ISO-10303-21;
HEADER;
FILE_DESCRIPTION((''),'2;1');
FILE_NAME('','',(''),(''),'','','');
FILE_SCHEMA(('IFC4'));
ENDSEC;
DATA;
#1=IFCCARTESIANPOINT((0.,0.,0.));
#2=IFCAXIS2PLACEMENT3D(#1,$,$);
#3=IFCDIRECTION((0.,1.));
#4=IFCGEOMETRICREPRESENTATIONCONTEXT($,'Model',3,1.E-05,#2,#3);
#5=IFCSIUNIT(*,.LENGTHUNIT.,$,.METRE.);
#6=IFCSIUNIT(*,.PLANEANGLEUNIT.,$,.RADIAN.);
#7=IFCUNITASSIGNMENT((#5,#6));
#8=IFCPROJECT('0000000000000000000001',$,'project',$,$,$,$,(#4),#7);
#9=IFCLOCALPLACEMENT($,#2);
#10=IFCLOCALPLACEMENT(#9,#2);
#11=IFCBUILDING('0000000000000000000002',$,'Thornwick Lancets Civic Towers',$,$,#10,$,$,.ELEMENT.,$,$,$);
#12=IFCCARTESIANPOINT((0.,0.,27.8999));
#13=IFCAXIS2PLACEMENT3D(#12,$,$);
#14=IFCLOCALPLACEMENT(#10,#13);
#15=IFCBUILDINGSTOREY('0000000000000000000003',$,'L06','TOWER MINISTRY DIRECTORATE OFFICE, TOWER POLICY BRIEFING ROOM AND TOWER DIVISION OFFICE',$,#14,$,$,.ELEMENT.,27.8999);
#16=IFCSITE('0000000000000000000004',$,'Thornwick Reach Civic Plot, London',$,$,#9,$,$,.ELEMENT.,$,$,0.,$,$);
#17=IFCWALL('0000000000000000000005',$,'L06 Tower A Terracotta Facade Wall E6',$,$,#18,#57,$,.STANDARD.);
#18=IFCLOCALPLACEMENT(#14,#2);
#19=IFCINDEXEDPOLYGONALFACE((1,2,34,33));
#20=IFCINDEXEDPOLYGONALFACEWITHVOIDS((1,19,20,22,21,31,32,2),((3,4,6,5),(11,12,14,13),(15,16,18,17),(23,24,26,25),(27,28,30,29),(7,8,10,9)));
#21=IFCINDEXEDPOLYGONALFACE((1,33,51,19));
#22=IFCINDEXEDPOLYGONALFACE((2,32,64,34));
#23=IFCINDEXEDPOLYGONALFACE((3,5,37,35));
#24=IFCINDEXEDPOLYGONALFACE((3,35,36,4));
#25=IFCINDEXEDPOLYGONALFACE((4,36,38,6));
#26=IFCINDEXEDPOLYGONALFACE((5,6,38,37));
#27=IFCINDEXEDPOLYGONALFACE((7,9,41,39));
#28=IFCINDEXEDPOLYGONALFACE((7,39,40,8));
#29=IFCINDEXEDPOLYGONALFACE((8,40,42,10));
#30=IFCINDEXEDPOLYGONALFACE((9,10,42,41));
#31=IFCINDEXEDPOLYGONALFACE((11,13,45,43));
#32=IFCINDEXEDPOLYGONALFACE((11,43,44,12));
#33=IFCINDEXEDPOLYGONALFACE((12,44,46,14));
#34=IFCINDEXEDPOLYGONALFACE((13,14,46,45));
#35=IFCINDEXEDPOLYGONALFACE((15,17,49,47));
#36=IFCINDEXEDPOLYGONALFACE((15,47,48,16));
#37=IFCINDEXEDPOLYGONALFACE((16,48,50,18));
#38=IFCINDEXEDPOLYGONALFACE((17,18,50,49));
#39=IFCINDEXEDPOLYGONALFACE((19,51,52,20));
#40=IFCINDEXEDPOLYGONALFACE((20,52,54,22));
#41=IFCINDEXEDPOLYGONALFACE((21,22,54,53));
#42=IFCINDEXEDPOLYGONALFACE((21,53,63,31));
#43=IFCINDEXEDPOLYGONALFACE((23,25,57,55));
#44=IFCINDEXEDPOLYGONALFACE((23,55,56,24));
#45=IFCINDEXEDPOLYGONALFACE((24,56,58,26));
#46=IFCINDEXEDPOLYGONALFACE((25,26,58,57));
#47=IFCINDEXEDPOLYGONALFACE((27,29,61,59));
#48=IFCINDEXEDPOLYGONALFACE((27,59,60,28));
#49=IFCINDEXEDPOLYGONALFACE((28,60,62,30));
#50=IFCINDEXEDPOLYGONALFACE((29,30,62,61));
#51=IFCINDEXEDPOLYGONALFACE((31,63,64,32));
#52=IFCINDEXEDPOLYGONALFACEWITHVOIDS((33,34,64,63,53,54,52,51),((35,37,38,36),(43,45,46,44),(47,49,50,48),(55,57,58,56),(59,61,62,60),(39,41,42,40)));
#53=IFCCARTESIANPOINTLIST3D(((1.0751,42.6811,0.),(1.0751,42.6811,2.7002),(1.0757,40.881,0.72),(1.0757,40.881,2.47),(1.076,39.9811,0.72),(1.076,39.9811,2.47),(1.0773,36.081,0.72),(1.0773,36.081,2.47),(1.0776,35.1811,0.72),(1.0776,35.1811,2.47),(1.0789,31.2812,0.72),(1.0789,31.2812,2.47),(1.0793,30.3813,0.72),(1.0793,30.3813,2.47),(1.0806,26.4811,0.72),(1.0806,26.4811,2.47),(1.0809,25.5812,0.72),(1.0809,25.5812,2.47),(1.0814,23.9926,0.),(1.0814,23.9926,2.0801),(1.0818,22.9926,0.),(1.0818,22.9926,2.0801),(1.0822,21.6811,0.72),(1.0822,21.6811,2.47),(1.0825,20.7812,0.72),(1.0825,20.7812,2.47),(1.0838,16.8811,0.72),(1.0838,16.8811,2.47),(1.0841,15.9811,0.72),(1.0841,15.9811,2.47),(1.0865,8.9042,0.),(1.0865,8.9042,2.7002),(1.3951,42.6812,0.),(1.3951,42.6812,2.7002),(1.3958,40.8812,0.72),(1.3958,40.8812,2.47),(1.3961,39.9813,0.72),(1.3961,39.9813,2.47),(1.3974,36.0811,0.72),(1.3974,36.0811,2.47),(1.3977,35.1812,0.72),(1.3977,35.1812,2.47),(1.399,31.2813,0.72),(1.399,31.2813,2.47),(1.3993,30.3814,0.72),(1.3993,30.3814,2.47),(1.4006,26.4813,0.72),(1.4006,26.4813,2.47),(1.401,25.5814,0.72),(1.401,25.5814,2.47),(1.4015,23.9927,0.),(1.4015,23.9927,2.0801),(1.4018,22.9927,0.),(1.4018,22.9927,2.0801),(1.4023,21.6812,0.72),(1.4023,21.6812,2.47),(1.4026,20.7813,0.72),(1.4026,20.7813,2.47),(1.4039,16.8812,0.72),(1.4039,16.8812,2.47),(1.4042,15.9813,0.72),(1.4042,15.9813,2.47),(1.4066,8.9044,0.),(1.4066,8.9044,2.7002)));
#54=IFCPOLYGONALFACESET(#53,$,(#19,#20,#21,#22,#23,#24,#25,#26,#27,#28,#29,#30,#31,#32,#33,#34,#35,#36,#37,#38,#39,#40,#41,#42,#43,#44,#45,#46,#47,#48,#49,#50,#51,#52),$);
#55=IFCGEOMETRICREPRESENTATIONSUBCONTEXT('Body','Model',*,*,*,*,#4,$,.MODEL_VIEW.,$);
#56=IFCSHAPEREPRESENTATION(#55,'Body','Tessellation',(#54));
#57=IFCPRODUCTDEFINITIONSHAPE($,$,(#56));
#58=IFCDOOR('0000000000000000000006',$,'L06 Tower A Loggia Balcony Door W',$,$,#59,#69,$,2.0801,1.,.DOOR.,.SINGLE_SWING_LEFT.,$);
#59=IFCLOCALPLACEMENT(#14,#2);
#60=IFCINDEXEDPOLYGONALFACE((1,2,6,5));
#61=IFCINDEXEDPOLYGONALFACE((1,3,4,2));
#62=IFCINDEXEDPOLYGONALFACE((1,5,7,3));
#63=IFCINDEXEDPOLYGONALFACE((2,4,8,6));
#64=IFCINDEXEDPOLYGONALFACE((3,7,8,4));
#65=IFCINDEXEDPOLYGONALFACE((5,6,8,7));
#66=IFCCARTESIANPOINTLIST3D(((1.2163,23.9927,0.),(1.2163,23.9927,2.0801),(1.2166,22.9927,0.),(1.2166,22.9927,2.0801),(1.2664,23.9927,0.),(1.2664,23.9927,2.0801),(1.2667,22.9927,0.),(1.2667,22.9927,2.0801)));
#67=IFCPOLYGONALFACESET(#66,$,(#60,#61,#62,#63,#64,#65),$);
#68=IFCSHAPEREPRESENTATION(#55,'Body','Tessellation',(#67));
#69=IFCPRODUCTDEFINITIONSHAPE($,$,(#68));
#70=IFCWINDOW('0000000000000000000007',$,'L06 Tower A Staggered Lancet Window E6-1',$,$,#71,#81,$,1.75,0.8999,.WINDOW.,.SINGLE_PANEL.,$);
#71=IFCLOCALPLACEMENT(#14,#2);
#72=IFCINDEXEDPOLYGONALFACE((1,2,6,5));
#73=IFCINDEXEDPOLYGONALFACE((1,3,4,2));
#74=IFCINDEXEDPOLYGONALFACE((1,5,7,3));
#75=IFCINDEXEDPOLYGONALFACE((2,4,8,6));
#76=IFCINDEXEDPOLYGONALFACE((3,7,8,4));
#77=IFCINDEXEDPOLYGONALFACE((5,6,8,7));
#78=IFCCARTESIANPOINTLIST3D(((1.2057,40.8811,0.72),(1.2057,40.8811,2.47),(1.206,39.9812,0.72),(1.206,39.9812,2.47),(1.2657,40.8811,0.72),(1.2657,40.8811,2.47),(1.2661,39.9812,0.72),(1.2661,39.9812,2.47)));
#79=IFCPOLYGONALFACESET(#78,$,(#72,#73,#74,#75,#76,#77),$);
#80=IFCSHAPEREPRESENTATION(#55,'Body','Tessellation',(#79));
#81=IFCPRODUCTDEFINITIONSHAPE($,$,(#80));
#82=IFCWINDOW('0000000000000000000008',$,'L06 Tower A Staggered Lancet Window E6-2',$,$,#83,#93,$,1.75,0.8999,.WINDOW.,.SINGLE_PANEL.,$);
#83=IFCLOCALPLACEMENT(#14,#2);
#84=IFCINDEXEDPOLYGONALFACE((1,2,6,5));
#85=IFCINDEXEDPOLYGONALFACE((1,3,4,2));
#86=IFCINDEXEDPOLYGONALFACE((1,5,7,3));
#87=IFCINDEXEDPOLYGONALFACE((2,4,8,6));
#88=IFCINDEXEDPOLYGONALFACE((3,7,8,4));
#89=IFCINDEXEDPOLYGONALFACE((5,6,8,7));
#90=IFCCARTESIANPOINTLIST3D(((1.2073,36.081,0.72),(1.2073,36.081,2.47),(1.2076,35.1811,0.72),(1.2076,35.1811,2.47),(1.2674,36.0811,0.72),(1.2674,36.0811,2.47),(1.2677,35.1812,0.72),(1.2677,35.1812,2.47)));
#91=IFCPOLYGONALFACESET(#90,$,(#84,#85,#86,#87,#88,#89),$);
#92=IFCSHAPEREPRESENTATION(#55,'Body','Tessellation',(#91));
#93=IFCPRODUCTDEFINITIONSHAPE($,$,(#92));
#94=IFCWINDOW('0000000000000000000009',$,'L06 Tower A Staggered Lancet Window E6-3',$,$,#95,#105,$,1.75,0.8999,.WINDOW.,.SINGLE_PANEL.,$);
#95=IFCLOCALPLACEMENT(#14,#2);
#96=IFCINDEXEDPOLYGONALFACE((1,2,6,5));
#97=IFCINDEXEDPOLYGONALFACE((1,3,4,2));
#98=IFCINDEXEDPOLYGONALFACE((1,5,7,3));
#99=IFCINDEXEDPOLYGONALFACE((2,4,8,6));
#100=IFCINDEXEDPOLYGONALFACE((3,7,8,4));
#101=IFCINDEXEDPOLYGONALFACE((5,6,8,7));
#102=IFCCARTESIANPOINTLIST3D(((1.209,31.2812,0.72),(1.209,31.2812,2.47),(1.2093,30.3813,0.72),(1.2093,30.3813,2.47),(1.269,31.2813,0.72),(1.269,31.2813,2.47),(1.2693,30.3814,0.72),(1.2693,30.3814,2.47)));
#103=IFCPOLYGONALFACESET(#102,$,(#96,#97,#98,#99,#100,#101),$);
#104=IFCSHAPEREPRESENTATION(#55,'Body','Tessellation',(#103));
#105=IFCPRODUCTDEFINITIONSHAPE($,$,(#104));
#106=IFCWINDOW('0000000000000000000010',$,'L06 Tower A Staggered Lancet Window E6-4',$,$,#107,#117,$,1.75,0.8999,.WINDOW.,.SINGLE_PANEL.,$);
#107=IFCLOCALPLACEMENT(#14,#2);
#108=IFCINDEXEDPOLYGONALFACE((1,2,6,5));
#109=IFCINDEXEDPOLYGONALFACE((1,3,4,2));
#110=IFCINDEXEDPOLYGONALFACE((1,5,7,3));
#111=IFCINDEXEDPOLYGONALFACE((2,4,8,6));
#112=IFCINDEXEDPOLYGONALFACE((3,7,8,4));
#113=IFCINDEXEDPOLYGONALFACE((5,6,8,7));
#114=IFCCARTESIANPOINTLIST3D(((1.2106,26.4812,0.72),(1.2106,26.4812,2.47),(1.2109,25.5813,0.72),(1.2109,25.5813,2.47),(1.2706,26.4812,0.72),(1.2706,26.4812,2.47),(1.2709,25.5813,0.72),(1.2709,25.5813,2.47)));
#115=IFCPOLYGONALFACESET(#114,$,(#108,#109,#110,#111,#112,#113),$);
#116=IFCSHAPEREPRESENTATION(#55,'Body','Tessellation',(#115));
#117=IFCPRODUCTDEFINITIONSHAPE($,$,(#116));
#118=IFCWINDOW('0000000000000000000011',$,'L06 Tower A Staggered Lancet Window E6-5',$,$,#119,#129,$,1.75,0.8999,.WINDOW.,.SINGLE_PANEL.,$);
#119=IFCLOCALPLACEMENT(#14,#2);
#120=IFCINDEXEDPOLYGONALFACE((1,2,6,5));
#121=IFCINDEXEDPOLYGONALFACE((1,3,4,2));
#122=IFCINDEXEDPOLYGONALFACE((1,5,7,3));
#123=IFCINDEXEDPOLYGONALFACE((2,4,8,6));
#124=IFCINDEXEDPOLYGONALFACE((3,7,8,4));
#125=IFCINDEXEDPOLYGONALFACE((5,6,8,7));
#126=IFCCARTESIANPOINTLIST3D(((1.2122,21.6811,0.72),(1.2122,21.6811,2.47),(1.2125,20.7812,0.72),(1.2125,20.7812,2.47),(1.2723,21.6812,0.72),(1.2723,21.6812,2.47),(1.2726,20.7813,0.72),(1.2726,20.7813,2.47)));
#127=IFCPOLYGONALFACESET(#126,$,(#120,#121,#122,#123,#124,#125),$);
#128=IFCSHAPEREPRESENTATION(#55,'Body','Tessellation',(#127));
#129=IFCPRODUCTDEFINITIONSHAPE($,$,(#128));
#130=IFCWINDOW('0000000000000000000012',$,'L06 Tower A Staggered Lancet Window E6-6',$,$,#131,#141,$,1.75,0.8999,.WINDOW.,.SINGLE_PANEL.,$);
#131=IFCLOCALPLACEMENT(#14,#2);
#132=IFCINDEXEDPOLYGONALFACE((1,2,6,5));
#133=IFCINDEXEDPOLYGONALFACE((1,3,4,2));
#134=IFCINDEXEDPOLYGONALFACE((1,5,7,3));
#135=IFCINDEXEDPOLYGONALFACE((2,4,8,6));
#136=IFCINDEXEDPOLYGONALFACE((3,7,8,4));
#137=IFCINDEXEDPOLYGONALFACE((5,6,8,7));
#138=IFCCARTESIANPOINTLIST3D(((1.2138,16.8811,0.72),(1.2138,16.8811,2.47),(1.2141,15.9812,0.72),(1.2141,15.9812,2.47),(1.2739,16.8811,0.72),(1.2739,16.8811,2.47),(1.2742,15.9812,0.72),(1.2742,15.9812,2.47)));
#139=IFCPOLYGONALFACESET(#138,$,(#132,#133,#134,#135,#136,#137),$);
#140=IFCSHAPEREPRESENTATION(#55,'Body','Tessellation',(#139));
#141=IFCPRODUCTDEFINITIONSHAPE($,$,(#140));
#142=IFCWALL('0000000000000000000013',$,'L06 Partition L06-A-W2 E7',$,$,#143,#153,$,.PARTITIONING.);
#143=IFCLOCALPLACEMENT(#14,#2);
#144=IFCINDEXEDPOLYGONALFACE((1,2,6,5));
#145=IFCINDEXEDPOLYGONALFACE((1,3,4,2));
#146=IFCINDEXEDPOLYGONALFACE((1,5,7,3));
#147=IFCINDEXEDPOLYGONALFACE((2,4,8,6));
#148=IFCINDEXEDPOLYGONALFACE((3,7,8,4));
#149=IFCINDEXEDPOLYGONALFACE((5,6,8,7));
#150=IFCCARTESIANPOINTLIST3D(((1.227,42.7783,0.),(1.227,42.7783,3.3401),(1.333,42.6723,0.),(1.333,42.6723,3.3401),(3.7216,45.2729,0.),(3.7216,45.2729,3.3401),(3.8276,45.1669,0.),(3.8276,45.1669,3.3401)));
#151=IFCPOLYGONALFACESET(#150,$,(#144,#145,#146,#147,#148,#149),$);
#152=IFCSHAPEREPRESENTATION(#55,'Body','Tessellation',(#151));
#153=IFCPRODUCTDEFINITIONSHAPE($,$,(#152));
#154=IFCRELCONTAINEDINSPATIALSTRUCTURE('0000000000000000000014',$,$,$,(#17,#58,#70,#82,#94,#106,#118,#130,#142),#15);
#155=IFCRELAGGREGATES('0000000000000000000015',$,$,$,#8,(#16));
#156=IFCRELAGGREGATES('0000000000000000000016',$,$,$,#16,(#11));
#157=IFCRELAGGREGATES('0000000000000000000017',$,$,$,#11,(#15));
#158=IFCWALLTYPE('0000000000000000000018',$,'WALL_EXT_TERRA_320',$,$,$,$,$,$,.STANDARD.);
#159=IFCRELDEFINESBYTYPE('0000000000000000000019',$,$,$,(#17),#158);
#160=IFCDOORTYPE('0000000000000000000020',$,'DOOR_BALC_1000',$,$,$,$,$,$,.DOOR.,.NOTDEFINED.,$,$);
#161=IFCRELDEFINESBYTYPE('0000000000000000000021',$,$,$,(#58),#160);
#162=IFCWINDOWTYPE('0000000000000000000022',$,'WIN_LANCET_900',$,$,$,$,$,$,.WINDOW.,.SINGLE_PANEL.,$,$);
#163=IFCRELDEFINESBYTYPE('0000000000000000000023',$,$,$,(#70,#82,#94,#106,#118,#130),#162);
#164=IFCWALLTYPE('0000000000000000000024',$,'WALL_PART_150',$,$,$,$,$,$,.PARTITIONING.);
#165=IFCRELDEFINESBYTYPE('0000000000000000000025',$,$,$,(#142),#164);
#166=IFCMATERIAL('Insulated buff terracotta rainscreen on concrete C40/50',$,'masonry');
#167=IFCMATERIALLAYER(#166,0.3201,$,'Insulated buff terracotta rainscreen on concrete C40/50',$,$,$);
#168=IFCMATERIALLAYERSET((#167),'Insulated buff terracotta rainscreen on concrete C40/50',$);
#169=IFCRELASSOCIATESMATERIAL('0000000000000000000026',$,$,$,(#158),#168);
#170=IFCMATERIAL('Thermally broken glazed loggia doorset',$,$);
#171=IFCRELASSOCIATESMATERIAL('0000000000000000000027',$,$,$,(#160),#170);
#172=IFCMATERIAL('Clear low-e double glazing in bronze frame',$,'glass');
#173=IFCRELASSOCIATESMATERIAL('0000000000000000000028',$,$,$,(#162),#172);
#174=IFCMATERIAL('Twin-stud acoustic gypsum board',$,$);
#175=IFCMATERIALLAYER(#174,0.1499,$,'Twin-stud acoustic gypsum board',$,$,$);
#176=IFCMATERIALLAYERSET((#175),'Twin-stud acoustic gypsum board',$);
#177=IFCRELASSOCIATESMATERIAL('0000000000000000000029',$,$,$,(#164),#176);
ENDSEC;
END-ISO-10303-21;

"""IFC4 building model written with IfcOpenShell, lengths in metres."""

from ifc_helpers import new_model, si_unit, direction, frame, frame_2d, origin, place, context, subcontext, project, spatial, rectangle, extrude, material, layer, layer_set, type_object, element, fill, save


model = new_model("IFC4")

# Units and contexts
model_context = context("Model", 3, precision=1e-05, world=origin(), true_north=direction((0.0, 1.0)))
body_context = subcontext(model_context, "Body", "Model", "MODEL_VIEW")
ifc_project = project(units=[si_unit("LENGTHUNIT", "METRE"), si_unit("PLANEANGLEUNIT", "RADIAN")], contexts=[model_context])

# Site, building, storey
site_placement = place(None, origin())
site = spatial("IfcSite", under=ifc_project, at=site_placement, Name="Thornwick Reach Civic Plot, London", CompositionType="ELEMENT", RefElevation=0.0)
building_placement = place(site_placement, origin())
building = spatial("IfcBuilding", under=site, at=building_placement, Name="Thornwick Lancets Civic Towers", CompositionType="ELEMENT")
storey_placement = place(building_placement, frame((0.0, 0.0, 27.8999)))
storey = spatial("IfcBuildingStorey", under=building, at=storey_placement, Name="L06", Description="TOWER MINISTRY DIRECTORATE OFFICE, TOWER POLICY BRIEFING ROOM AND TOWER DIVISION OFFICE", CompositionType="ELEMENT", Elevation=27.8999)

# Wall, openings, door, windows
ifc_material_1 = material(Name="Insulated buff terracotta rainscreen on concrete C40/50", Category="masonry")
ifc_layer_1 = layer(ifc_material_1, 0.3201, Name="Insulated buff terracotta rainscreen on concrete C40/50")
ifc_layer_set_1 = layer_set([ifc_layer_1], Name="Insulated buff terracotta rainscreen on concrete C40/50")
wall_type_1 = type_object("IfcWallType", Name="WALL_EXT_TERRA_320", PredefinedType="STANDARD", material=ifc_layer_set_1)
wall_1_placement = place(storey_placement, frame((1.2351, 42.6812, 0.0), z_axis=(0.0, 0.0, 1.0), x_axis=(0.00034, -1.0, 0.0)))
wall_1 = element("IfcWall", 1, at=wall_1_placement, inside=storey, type_object=wall_type_1, Name="L06 Tower A Terracotta Facade Wall E6", PredefinedType="STANDARD", context=body_context, shape_type="SweptSolid", body=[
    extrude(rectangle(XDim=33.7769, YDim=0.3201, at=frame_2d((16.8884, 0.0))), origin(), (0.0, 0.0, 1.0), 2.7002),
])
opening_1_placement = place(wall_1_placement, frame((18.6885, 0.0, 0.0)))
opening_1 = element("IfcOpeningElement", 2, at=opening_1_placement, cuts=wall_1, PredefinedType="OPENING", context=body_context, shape_type="SweptSolid", body=[
    extrude(rectangle(XDim=1.0, YDim=2.0801, at=frame_2d((0.5, 1.04))), frame((0.0, 0.1699, 0.0), z_axis=(0.0, -1.0, 0.0), x_axis=(1.0, 0.0, 0.0)), (0.0, 0.0, 1.0), 0.3401),
])
opening_2_placement = place(wall_1_placement, frame((1.8, 0.0, 0.72)))
opening_2 = element("IfcOpeningElement", 3, at=opening_2_placement, cuts=wall_1, PredefinedType="OPENING", context=body_context, shape_type="SweptSolid", body=[
    extrude(rectangle(XDim=0.8999, YDim=1.75, at=frame_2d((0.45, 0.875))), frame((0.0, 0.1699, 0.0), z_axis=(0.0, -1.0, 0.0), x_axis=(1.0, 0.0, 0.0)), (0.0, 0.0, 1.0), 0.3401),
])
opening_3_placement = place(wall_1_placement, frame((6.6001, 0.0, 0.72)))
opening_3 = element("IfcOpeningElement", 4, at=opening_3_placement, cuts=wall_1, PredefinedType="OPENING", context=body_context, shape_type="SweptSolid", body=[
    extrude(rectangle(XDim=0.8999, YDim=1.75, at=frame_2d((0.45, 0.875))), frame((0.0, 0.1699, 0.0), z_axis=(0.0, -1.0, 0.0), x_axis=(1.0, 0.0, 0.0)), (0.0, 0.0, 1.0), 0.3401),
])
opening_4_placement = place(wall_1_placement, frame((11.3999, 0.0, 0.72)))
opening_4 = element("IfcOpeningElement", 5, at=opening_4_placement, cuts=wall_1, PredefinedType="OPENING", context=body_context, shape_type="SweptSolid", body=[
    extrude(rectangle(XDim=0.8999, YDim=1.75, at=frame_2d((0.45, 0.875))), frame((0.0, 0.1699, 0.0), z_axis=(0.0, -1.0, 0.0), x_axis=(1.0, 0.0, 0.0)), (0.0, 0.0, 1.0), 0.3401),
])
opening_5_placement = place(wall_1_placement, frame((16.2, 0.0, 0.72)))
opening_5 = element("IfcOpeningElement", 6, at=opening_5_placement, cuts=wall_1, PredefinedType="OPENING", context=body_context, shape_type="SweptSolid", body=[
    extrude(rectangle(XDim=0.8999, YDim=1.75, at=frame_2d((0.45, 0.875))), frame((0.0, 0.1699, 0.0), z_axis=(0.0, -1.0, 0.0), x_axis=(1.0, 0.0, 0.0)), (0.0, 0.0, 1.0), 0.3401),
])
opening_6_placement = place(wall_1_placement, frame((21.0, 0.0, 0.72)))
opening_6 = element("IfcOpeningElement", 7, at=opening_6_placement, cuts=wall_1, PredefinedType="OPENING", context=body_context, shape_type="SweptSolid", body=[
    extrude(rectangle(XDim=0.8999, YDim=1.75, at=frame_2d((0.45, 0.875))), frame((0.0, 0.1699, 0.0), z_axis=(0.0, -1.0, 0.0), x_axis=(1.0, 0.0, 0.0)), (0.0, 0.0, 1.0), 0.3401),
])
opening_7_placement = place(wall_1_placement, frame((25.8, 0.0, 0.72)))
opening_7 = element("IfcOpeningElement", 8, at=opening_7_placement, cuts=wall_1, PredefinedType="OPENING", context=body_context, shape_type="SweptSolid", body=[
    extrude(rectangle(XDim=0.8999, YDim=1.75, at=frame_2d((0.45, 0.875))), frame((0.0, 0.1699, 0.0), z_axis=(0.0, -1.0, 0.0), x_axis=(1.0, 0.0, 0.0)), (0.0, 0.0, 1.0), 0.3401),
])
ifc_material_2 = material(Name="Thermally broken glazed loggia doorset")
door_type = type_object("IfcDoorType", Name="DOOR_BALC_1000", OperationType="NOTDEFINED", PredefinedType="DOOR", material=ifc_material_2)
door_placement = place(opening_1_placement, origin())
door = element("IfcDoor", 9, at=door_placement, inside=storey, type_object=door_type, Name="L06 Tower A Loggia Balcony Door W", OperationType="SINGLE_SWING_LEFT", OverallHeight=2.0801, OverallWidth=1.0, PredefinedType="DOOR", context=body_context, shape_type="SweptSolid", body=[
    extrude(rectangle(XDim=1.0, YDim=2.0801, at=frame_2d((0.5, 1.04))), frame((0.0, 0.0249, 0.0), z_axis=(0.0, -1.0, 0.0), x_axis=(1.0, 0.0, 0.0)), (0.0, 0.0, 1.0), 0.05),
])
fill(opening_1, door)
ifc_material_3 = material(Name="Clear low-e double glazing in bronze frame", Category="glass")
window_type = type_object("IfcWindowType", Name="WIN_LANCET_900", PartitioningType="SINGLE_PANEL", PredefinedType="WINDOW", material=ifc_material_3)
window_1_placement = place(opening_2_placement, origin())
window_1 = element("IfcWindow", 10, at=window_1_placement, inside=storey, type_object=window_type, Name="L06 Tower A Staggered Lancet Window E6-1", OverallHeight=1.75, OverallWidth=0.8999, PartitioningType="SINGLE_PANEL", PredefinedType="WINDOW", context=body_context, shape_type="SweptSolid", body=[
    extrude(rectangle(XDim=0.8999, YDim=1.75, at=frame_2d((0.45, 0.875))), frame((0.0, 0.03, 0.0), z_axis=(0.0, -1.0, 0.0), x_axis=(1.0, 0.0, 0.0)), (0.0, 0.0, 1.0), 0.0601),
])
fill(opening_2, window_1)
window_2_placement = place(opening_3_placement, origin())
window_2 = element("IfcWindow", 11, at=window_2_placement, inside=storey, type_object=window_type, Name="L06 Tower A Staggered Lancet Window E6-2", OverallHeight=1.75, OverallWidth=0.8999, PartitioningType="SINGLE_PANEL", PredefinedType="WINDOW", context=body_context, shape_type="SweptSolid", body=[
    extrude(rectangle(XDim=0.8999, YDim=1.75, at=frame_2d((0.45, 0.875))), frame((0.0, 0.03, 0.0), z_axis=(0.0, -1.0, 0.0), x_axis=(1.0, 0.0, 0.0)), (0.0, 0.0, 1.0), 0.0601),
])
fill(opening_3, window_2)
window_3_placement = place(opening_4_placement, origin())
window_3 = element("IfcWindow", 12, at=window_3_placement, inside=storey, type_object=window_type, Name="L06 Tower A Staggered Lancet Window E6-3", OverallHeight=1.75, OverallWidth=0.8999, PartitioningType="SINGLE_PANEL", PredefinedType="WINDOW", context=body_context, shape_type="SweptSolid", body=[
    extrude(rectangle(XDim=0.8999, YDim=1.75, at=frame_2d((0.45, 0.875))), frame((0.0, 0.03, 0.0), z_axis=(0.0, -1.0, 0.0), x_axis=(1.0, 0.0, 0.0)), (0.0, 0.0, 1.0), 0.0601),
])
fill(opening_4, window_3)
window_4_placement = place(opening_5_placement, origin())
window_4 = element("IfcWindow", 13, at=window_4_placement, inside=storey, type_object=window_type, Name="L06 Tower A Staggered Lancet Window E6-4", OverallHeight=1.75, OverallWidth=0.8999, PartitioningType="SINGLE_PANEL", PredefinedType="WINDOW", context=body_context, shape_type="SweptSolid", body=[
    extrude(rectangle(XDim=0.8999, YDim=1.75, at=frame_2d((0.45, 0.875))), frame((0.0, 0.03, 0.0), z_axis=(0.0, -1.0, 0.0), x_axis=(1.0, 0.0, 0.0)), (0.0, 0.0, 1.0), 0.0601),
])
fill(opening_5, window_4)
window_5_placement = place(opening_6_placement, origin())
window_5 = element("IfcWindow", 14, at=window_5_placement, inside=storey, type_object=window_type, Name="L06 Tower A Staggered Lancet Window E6-5", OverallHeight=1.75, OverallWidth=0.8999, PartitioningType="SINGLE_PANEL", PredefinedType="WINDOW", context=body_context, shape_type="SweptSolid", body=[
    extrude(rectangle(XDim=0.8999, YDim=1.75, at=frame_2d((0.45, 0.875))), frame((0.0, 0.03, 0.0), z_axis=(0.0, -1.0, 0.0), x_axis=(1.0, 0.0, 0.0)), (0.0, 0.0, 1.0), 0.0601),
])
fill(opening_6, window_5)
window_6_placement = place(opening_7_placement, origin())
window_6 = element("IfcWindow", 15, at=window_6_placement, inside=storey, type_object=window_type, Name="L06 Tower A Staggered Lancet Window E6-6", OverallHeight=1.75, OverallWidth=0.8999, PartitioningType="SINGLE_PANEL", PredefinedType="WINDOW", context=body_context, shape_type="SweptSolid", body=[
    extrude(rectangle(XDim=0.8999, YDim=1.75, at=frame_2d((0.45, 0.875))), frame((0.0, 0.03, 0.0), z_axis=(0.0, -1.0, 0.0), x_axis=(1.0, 0.0, 0.0)), (0.0, 0.0, 1.0), 0.0601),
])
fill(opening_7, window_6)

# Wall
ifc_material_4 = material(Name="Twin-stud acoustic gypsum board")
ifc_layer_2 = layer(ifc_material_4, 0.1499, Name="Twin-stud acoustic gypsum board")
ifc_layer_set_2 = layer_set([ifc_layer_2], Name="Twin-stud acoustic gypsum board")
wall_type_2 = type_object("IfcWallType", Name="WALL_PART_150", PredefinedType="PARTITIONING", material=ifc_layer_set_2)
wall_2_placement = place(storey_placement, frame((1.28, 42.7253, 0.0), z_axis=(0.0, 0.0, 1.0), x_axis=(0.707107, 0.707107, 0.0)))
element("IfcWall", 16, at=wall_2_placement, inside=storey, type_object=wall_type_2, Name="L06 Partition L06-A-W2 E7", PredefinedType="PARTITIONING", context=body_context, shape_type="SweptSolid", body=[
    extrude(rectangle(XDim=3.5278, YDim=0.1499, at=frame_2d((1.7639, 0.0))), origin(), (0.0, 0.0, 1.0), 3.3401),
])

save(model, "model.ifc")
